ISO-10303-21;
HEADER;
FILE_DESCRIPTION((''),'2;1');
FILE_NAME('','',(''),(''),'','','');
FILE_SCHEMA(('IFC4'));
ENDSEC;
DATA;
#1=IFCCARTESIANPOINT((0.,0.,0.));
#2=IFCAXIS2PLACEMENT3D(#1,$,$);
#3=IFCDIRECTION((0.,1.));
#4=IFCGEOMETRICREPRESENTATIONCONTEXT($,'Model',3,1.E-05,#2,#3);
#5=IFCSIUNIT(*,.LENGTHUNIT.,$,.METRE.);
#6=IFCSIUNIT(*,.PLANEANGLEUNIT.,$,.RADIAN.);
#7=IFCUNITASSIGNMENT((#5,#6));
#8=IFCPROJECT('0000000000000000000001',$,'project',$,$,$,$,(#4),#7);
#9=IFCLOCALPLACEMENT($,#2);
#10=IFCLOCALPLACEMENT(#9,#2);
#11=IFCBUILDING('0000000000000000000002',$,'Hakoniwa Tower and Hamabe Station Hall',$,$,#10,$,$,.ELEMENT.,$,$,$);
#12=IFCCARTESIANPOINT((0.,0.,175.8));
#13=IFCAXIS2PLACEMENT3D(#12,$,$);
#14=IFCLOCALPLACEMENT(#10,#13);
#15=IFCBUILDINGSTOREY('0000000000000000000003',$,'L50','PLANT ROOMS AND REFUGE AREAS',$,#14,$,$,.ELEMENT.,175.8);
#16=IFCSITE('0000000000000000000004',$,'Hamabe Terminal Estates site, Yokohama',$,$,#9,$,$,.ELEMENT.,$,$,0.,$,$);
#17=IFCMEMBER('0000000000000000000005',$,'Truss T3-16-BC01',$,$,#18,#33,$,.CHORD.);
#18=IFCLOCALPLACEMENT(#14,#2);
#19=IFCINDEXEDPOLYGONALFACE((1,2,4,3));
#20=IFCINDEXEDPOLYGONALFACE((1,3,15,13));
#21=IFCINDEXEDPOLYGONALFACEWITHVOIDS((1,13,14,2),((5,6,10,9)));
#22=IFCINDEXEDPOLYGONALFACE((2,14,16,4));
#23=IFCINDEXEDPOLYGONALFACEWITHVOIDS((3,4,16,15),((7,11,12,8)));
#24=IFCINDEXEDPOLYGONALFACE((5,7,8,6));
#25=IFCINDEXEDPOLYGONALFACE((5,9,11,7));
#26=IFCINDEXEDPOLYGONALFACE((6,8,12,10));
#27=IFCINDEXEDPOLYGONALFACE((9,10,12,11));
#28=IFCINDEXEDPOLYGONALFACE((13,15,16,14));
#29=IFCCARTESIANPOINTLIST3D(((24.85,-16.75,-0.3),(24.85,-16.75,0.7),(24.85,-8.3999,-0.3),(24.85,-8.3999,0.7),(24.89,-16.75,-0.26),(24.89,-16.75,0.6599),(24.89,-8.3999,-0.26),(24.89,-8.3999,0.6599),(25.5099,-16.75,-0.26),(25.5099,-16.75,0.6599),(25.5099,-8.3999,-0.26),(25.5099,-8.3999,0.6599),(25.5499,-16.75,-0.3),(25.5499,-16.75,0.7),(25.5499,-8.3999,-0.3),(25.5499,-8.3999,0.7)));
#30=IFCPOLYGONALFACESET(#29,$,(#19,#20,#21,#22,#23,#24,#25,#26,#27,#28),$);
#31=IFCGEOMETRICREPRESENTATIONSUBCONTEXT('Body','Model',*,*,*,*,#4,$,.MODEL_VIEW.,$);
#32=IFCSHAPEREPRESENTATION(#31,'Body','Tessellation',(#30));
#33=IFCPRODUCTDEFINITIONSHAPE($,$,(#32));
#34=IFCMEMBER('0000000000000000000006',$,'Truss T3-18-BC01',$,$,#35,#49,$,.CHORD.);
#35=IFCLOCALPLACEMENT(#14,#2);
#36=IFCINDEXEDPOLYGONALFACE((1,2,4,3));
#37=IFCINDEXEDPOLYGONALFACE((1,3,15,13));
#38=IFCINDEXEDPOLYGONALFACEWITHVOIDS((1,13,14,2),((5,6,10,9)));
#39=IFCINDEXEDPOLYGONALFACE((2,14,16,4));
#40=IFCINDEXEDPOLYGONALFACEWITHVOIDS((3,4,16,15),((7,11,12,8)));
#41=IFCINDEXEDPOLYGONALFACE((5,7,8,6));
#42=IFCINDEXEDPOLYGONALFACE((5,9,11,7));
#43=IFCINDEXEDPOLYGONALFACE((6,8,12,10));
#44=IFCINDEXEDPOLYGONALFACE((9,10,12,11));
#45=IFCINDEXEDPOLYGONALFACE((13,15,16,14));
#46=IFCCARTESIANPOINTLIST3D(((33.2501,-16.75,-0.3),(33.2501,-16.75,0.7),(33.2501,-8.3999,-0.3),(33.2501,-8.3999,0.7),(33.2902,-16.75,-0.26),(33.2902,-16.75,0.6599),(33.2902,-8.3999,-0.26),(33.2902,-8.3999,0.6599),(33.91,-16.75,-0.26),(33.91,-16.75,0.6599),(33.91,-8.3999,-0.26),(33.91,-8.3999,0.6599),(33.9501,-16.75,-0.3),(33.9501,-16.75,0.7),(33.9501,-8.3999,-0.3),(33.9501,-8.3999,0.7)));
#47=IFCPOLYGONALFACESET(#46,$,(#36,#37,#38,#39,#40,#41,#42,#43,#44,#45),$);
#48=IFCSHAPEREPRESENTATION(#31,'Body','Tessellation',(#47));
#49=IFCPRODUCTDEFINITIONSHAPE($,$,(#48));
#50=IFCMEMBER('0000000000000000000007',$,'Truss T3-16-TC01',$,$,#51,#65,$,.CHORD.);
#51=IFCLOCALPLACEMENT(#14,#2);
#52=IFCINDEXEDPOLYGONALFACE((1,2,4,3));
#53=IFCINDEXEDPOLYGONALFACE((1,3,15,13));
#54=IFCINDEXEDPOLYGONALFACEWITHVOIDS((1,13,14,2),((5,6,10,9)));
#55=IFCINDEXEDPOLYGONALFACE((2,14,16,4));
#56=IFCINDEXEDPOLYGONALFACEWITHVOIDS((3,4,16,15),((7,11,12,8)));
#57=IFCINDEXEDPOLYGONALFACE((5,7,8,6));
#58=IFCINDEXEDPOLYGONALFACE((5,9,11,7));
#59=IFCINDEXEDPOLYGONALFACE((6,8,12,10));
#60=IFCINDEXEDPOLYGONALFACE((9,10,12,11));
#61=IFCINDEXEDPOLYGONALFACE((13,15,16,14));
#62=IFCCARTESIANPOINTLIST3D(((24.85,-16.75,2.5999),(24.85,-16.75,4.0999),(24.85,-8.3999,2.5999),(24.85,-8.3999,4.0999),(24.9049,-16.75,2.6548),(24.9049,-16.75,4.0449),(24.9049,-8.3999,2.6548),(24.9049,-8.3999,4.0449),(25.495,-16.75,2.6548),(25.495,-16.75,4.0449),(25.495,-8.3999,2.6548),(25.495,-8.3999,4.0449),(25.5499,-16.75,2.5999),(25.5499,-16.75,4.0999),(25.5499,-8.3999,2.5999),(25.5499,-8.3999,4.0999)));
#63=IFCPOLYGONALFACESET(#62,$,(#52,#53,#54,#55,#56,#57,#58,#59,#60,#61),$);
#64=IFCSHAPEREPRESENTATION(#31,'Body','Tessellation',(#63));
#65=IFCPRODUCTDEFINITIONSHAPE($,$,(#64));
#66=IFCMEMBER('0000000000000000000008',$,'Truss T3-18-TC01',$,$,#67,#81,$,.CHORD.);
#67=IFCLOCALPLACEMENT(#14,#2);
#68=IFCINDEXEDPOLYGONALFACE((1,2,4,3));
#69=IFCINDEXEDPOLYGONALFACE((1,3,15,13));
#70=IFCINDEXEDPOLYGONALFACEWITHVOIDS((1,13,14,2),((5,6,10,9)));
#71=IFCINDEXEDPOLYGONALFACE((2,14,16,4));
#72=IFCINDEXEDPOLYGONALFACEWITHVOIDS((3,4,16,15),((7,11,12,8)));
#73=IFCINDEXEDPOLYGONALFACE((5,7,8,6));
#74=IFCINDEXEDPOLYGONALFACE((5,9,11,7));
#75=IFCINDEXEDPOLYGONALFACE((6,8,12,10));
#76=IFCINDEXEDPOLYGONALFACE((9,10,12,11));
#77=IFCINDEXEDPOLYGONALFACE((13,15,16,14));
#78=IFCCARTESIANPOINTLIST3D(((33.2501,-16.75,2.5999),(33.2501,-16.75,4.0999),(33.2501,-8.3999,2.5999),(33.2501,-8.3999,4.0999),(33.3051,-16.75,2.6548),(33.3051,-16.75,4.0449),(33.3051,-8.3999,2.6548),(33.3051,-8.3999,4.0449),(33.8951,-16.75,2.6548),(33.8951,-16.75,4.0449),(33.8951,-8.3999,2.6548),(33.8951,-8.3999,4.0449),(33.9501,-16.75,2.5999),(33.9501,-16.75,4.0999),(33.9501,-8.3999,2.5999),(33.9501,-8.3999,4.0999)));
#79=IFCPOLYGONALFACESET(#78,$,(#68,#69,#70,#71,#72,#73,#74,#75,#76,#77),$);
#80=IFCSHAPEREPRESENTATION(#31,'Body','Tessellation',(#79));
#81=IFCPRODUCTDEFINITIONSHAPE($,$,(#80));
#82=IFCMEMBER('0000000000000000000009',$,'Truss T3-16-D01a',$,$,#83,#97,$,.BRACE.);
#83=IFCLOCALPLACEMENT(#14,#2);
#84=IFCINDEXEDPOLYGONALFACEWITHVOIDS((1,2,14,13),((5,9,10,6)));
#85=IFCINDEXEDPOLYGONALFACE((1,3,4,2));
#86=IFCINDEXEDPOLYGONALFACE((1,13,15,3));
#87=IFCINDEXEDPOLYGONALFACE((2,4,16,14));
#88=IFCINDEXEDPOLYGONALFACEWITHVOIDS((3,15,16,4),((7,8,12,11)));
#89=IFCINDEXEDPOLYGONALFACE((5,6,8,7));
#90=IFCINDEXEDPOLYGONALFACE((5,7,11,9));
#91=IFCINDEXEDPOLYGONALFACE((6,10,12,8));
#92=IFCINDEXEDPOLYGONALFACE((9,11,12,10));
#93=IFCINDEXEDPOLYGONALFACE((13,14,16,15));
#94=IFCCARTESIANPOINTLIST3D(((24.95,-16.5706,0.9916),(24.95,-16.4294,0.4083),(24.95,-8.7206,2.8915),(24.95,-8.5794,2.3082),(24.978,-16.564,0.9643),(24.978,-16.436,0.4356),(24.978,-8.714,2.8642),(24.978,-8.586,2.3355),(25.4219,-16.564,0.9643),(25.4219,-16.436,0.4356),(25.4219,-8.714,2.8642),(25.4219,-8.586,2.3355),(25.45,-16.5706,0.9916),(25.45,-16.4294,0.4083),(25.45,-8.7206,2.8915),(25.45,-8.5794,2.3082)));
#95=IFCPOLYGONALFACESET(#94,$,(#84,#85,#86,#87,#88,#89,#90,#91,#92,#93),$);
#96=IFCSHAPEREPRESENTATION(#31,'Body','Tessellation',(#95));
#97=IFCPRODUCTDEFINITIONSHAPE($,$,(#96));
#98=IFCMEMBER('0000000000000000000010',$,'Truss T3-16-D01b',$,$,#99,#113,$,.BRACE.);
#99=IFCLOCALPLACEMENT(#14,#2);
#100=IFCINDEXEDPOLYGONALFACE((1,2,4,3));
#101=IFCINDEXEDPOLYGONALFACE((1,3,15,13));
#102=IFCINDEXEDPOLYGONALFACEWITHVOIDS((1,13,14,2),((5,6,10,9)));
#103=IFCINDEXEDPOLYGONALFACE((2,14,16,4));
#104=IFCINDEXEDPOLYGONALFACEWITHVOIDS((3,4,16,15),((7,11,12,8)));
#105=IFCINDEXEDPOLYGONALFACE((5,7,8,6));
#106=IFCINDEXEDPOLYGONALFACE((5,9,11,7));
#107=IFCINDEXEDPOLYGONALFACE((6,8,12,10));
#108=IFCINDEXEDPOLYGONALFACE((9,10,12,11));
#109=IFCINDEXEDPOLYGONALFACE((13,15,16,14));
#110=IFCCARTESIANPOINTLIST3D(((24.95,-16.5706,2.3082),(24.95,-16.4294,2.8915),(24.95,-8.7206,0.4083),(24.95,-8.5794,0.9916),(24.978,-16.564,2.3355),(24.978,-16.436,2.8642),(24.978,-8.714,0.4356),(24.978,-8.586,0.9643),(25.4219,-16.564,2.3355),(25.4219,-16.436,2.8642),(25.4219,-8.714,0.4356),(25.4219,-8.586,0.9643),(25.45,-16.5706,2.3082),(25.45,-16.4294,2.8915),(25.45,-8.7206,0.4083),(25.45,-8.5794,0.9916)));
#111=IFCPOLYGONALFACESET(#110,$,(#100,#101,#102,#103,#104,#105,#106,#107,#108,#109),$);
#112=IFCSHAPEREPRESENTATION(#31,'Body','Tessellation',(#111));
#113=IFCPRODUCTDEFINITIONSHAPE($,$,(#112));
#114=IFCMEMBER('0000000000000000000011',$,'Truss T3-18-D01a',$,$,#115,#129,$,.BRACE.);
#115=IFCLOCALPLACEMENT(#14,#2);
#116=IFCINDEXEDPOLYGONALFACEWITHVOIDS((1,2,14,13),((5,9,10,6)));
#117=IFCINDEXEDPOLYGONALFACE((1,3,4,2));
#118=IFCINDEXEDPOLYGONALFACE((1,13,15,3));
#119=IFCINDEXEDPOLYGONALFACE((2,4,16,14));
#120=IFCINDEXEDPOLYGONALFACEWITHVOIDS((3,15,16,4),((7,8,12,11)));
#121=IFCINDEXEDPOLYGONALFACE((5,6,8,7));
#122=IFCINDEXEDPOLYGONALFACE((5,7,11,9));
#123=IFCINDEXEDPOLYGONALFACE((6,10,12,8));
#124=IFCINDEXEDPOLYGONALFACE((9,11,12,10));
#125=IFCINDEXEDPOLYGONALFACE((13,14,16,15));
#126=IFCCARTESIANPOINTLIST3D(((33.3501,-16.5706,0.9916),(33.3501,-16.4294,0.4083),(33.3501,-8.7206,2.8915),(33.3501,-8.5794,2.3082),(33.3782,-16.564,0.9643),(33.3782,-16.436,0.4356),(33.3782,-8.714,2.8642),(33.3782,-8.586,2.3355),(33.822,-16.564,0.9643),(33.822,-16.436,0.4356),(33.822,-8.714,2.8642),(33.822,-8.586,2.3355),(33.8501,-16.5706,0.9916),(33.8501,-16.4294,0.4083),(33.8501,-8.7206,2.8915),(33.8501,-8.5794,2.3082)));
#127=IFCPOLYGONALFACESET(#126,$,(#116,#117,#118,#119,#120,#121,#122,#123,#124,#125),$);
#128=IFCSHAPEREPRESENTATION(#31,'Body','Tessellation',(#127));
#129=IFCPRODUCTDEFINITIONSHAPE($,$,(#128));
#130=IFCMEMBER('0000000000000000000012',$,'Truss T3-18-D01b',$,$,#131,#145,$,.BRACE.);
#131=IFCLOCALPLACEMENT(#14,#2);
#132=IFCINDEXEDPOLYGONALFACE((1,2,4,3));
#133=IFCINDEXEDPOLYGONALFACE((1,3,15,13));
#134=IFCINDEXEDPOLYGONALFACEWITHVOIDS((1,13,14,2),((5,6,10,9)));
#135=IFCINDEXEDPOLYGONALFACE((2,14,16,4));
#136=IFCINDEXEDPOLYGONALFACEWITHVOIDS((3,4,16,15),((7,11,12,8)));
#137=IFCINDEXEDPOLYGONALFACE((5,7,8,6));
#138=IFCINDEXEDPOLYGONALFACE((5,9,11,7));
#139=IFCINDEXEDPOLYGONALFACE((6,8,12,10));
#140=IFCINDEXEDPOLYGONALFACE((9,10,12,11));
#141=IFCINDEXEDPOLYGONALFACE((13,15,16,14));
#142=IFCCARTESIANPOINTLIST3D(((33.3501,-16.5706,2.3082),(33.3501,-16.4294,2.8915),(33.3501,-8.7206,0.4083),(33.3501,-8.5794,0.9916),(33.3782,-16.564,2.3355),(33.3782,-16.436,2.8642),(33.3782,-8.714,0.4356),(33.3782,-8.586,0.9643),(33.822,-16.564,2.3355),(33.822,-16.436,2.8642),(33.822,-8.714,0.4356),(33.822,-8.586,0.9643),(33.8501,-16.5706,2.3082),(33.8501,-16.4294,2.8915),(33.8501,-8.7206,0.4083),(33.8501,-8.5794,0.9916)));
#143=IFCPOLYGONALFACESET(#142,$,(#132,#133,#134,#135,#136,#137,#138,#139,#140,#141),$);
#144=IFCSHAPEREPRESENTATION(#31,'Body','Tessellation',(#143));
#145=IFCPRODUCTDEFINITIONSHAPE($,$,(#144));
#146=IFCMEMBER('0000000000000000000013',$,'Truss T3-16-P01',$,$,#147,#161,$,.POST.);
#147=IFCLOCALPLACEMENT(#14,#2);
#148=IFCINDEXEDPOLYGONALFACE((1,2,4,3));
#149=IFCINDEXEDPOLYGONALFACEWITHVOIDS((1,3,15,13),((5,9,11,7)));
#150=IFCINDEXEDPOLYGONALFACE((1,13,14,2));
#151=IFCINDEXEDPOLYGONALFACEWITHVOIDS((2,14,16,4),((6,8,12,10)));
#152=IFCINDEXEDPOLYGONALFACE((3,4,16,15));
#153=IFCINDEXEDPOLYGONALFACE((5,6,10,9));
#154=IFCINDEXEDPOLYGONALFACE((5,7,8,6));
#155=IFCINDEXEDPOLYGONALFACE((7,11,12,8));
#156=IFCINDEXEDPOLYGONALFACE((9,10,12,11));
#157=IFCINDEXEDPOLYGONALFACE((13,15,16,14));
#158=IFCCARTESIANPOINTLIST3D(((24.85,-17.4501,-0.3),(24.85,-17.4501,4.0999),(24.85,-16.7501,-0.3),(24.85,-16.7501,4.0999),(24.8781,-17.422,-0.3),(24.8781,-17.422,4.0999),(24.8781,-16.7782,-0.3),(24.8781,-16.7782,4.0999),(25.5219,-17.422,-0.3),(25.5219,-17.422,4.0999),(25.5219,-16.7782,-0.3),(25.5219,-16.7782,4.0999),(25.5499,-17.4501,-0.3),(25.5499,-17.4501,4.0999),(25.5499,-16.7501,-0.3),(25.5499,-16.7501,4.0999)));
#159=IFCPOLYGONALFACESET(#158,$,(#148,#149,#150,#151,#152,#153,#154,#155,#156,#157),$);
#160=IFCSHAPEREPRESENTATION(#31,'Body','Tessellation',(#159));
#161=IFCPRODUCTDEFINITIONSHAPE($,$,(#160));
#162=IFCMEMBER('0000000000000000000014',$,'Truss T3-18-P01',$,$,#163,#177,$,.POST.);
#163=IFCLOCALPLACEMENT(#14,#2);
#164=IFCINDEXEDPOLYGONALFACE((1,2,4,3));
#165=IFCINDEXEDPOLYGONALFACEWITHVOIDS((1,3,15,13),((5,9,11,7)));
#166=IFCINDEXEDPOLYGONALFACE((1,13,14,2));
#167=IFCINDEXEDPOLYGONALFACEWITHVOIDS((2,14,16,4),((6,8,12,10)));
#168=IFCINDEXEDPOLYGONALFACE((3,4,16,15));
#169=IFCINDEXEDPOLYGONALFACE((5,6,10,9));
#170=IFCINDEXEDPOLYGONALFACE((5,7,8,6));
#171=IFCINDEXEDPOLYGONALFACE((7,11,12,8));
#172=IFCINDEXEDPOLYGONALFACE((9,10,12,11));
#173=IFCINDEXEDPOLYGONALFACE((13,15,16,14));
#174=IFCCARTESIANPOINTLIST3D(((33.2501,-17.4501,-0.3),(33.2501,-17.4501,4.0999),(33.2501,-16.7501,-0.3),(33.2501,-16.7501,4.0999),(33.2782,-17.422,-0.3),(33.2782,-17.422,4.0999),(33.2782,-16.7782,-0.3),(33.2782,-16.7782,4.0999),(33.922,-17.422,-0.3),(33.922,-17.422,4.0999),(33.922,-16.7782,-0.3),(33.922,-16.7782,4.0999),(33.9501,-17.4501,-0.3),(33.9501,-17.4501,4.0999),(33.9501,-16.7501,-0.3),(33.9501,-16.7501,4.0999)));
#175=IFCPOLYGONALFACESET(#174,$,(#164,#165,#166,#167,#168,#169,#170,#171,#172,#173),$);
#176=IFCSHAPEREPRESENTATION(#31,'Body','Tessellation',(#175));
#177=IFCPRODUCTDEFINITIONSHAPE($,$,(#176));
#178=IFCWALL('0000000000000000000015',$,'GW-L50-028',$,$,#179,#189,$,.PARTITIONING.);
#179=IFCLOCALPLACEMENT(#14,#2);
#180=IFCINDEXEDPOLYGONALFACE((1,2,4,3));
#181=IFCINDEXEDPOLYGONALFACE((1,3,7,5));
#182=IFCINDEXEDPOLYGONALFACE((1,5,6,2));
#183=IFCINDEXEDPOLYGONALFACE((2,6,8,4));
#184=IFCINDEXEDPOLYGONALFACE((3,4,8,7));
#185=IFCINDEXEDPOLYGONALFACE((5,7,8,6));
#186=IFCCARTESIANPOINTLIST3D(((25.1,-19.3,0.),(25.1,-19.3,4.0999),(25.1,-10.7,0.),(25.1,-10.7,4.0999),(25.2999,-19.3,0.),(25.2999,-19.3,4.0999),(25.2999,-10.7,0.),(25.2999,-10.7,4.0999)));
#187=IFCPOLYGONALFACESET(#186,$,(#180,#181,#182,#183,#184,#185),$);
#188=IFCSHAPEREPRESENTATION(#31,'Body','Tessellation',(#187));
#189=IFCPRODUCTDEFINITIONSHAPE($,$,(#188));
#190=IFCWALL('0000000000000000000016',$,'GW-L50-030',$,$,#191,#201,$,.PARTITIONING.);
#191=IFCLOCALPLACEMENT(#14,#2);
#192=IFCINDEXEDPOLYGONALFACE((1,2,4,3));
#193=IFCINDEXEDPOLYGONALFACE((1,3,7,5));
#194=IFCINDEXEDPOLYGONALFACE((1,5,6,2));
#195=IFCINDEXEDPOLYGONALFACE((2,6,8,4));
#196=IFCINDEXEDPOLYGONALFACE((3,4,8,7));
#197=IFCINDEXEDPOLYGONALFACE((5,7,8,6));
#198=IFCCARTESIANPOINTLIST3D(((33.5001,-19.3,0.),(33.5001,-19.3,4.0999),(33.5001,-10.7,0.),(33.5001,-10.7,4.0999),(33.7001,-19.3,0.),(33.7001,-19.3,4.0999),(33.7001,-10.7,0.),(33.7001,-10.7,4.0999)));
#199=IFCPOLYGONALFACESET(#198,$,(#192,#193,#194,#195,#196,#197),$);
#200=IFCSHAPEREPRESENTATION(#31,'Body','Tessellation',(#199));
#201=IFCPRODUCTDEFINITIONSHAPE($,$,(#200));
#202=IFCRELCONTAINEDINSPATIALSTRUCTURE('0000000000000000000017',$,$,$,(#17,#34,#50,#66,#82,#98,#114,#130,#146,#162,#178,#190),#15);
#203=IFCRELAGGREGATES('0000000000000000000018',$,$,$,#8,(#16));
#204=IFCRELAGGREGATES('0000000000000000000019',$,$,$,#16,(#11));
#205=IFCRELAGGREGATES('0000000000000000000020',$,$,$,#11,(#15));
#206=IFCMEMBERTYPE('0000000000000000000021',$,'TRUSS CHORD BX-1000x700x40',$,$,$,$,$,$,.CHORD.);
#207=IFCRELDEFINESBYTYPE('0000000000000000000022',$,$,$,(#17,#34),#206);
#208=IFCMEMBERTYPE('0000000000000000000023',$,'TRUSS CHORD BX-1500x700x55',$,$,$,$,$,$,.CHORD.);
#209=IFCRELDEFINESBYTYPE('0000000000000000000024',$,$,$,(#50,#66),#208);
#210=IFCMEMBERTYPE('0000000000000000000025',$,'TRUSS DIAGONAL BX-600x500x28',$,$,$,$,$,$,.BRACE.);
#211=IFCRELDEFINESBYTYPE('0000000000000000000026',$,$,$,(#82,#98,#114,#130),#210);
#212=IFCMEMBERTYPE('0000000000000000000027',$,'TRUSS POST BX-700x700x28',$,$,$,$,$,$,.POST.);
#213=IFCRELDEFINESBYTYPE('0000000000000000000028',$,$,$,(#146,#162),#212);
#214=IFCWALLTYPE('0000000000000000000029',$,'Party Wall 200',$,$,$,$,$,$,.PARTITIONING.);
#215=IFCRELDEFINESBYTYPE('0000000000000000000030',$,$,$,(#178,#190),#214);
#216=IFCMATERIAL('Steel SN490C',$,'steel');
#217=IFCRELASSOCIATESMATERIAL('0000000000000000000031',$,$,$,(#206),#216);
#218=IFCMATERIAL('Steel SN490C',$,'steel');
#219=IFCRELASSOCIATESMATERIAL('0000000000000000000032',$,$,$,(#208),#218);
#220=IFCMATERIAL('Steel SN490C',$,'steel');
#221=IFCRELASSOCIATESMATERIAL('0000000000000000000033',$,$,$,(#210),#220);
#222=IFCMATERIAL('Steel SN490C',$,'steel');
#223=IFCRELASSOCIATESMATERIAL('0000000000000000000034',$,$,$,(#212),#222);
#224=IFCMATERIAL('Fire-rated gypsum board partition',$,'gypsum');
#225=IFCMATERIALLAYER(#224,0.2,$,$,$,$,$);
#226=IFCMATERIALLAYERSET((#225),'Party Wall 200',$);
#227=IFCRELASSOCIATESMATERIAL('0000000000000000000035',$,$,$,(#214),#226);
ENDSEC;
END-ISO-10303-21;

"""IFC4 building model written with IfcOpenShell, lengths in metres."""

from ifc_helpers import new_model, si_unit, direction, frame, frame_2d, origin, origin_2d, place, context, subcontext, project, spatial, rectangle, hollow_rectangle, extrude, material, layer, layer_set, material_profile, profile_set, type_object, element, save


model = new_model("IFC4")

# Units and contexts
model_context = context("Model", 3, precision=1e-05, world=origin(), true_north=direction((0.0, 1.0)))
body_context = subcontext(model_context, "Body", "Model", "MODEL_VIEW")
ifc_project = project(units=[si_unit("LENGTHUNIT", "METRE"), si_unit("PLANEANGLEUNIT", "RADIAN")], contexts=[model_context])

# Site, building, storey
site_placement = place(None, origin())
site = spatial("IfcSite", under=ifc_project, at=site_placement, Name="Hamabe Terminal Estates site, Yokohama", CompositionType="ELEMENT", RefElevation=0.0)
building_placement = place(site_placement, origin())
building = spatial("IfcBuilding", under=site, at=building_placement, Name="Hakoniwa Tower and Hamabe Station Hall", CompositionType="ELEMENT")
storey_placement = place(building_placement, frame((0.0, 0.0, 175.8)))
storey = spatial("IfcBuildingStorey", under=building, at=storey_placement, Name="L50", Description="PLANT ROOMS AND REFUGE AREAS", CompositionType="ELEMENT", Elevation=175.8)

# Members
ifc_material_1 = material(Name="Steel SN490C", Category="steel")
ifc_material_profile_1 = material_profile(ifc_material_1, hollow_rectangle(XDim=0.7, YDim=1.0, WallThickness=0.04, at=origin_2d()), Name="BX-1000x700x40")
ifc_profile_set_1 = profile_set([ifc_material_profile_1], Name="Steel SN490C")
member_type_1 = type_object("IfcMemberType", Name="TRUSS CHORD BX-1000x700x40", PredefinedType="CHORD", material=ifc_profile_set_1)
for number, where, z_axis, x_axis, name in (
    (1, (25.2, -16.75, 0.2), (0.0, 1.0, 0.0), (-1.0, 0.0, 0.0), "Truss T3-16-BC01"),
    (2, (33.6001, -16.75, 0.2), (0.0, 1.0, 0.0), (-1.0, 0.0, 0.0), "Truss T3-18-BC01"),
):
    element("IfcMember", number, at=place(storey_placement, frame(where, z_axis=z_axis, x_axis=x_axis)), inside=storey, type_object=member_type_1, Name=name, PredefinedType="CHORD", context=body_context, shape_type="SweptSolid", body=[
        extrude(hollow_rectangle(XDim=0.7, YDim=1.0, WallThickness=0.04, at=origin_2d()), origin(), (0.0, 0.0, 1.0), 8.3501),
    ])
ifc_material_2 = material(Name="Steel SN490C", Category="steel")
ifc_material_profile_2 = material_profile(ifc_material_2, hollow_rectangle(XDim=0.7, YDim=1.5, WallThickness=0.0549, at=origin_2d()), Name="BX-1500x700x55")
ifc_profile_set_2 = profile_set([ifc_material_profile_2], Name="Steel SN490C")
member_type_2 = type_object("IfcMemberType", Name="TRUSS CHORD BX-1500x700x55", PredefinedType="CHORD", material=ifc_profile_set_2)
for number, where, z_axis, x_axis, name in (
    (3, (25.2, -16.75, 3.3499), (0.0, 1.0, 0.0), (-1.0, 0.0, 0.0), "Truss T3-16-TC01"),
    (4, (33.6001, -16.75, 3.3499), (0.0, 1.0, 0.0), (-1.0, 0.0, 0.0), "Truss T3-18-TC01"),
):
    element("IfcMember", number, at=place(storey_placement, frame(where, z_axis=z_axis, x_axis=x_axis)), inside=storey, type_object=member_type_2, Name=name, PredefinedType="CHORD", context=body_context, shape_type="SweptSolid", body=[
        extrude(hollow_rectangle(XDim=0.7, YDim=1.5, WallThickness=0.0549, at=origin_2d()), origin(), (0.0, 0.0, 1.0), 8.3501),
    ])
ifc_material_3 = material(Name="Steel SN490C", Category="steel")
ifc_material_profile_3 = material_profile(ifc_material_3, hollow_rectangle(XDim=0.5, YDim=0.6001, WallThickness=0.0281, at=origin_2d()), Name="BX-600x500x28")
ifc_profile_set_3 = profile_set([ifc_material_profile_3], Name="Steel SN490C")
member_type_3 = type_object("IfcMemberType", Name="TRUSS DIAGONAL BX-600x500x28", PredefinedType="BRACE", material=ifc_profile_set_3)
for number, where, z_axis, x_axis, name in (
    (5, (25.2, -16.5, 0.7), (0.0, 0.971939, 0.235231), (-1.0, 0.0, 0.0), "Truss T3-16-D01a"),
    (6, (25.2, -16.5, 2.5999), (0.0, 0.971939, -0.235231), (-1.0, 0.0, 0.0), "Truss T3-16-D01b"),
    (7, (33.6001, -16.5, 0.7), (0.0, 0.971939, 0.235231), (-1.0, 0.0, 0.0), "Truss T3-18-D01a"),
    (8, (33.6001, -16.5, 2.5999), (0.0, 0.971939, -0.235231), (-1.0, 0.0, 0.0), "Truss T3-18-D01b"),
):
    element("IfcMember", number, at=place(storey_placement, frame(where, z_axis=z_axis, x_axis=x_axis)), inside=storey, type_object=member_type_3, Name=name, PredefinedType="BRACE", context=body_context, shape_type="SweptSolid", body=[
        extrude(hollow_rectangle(XDim=0.5, YDim=0.6001, WallThickness=0.0281, at=origin_2d()), origin(), (0.0, 0.0, 1.0), 8.0767),
    ])
ifc_material_4 = material(Name="Steel SN490C", Category="steel")
ifc_material_profile_4 = material_profile(ifc_material_4, hollow_rectangle(XDim=0.7, YDim=0.7, WallThickness=0.0281, at=origin_2d()), Name="BX-700x700x28")
ifc_profile_set_4 = profile_set([ifc_material_profile_4], Name="Steel SN490C")
member_type_4 = type_object("IfcMemberType", Name="TRUSS POST BX-700x700x28", PredefinedType="POST", material=ifc_profile_set_4)
for number, where, z_axis, x_axis, name in (
    (9, (25.2, -17.1001, -0.3), (0.0, 0.0, 1.0), (1.0, 0.0, 0.0), "Truss T3-16-P01"),
    (10, (33.6001, -17.1001, -0.3), (0.0, 0.0, 1.0), (1.0, 0.0, 0.0), "Truss T3-18-P01"),
):
    element("IfcMember", number, at=place(storey_placement, frame(where, z_axis=z_axis, x_axis=x_axis)), inside=storey, type_object=member_type_4, Name=name, PredefinedType="POST", context=body_context, shape_type="SweptSolid", body=[
        extrude(hollow_rectangle(XDim=0.7, YDim=0.7, WallThickness=0.0281, at=origin_2d()), origin(), (0.0, 0.0, 1.0), 4.3999),
    ])

# Walls
ifc_material_5 = material(Name="Fire-rated gypsum board partition", Category="gypsum")
ifc_layer_1 = layer(ifc_material_5, 0.2)
ifc_layer_set_1 = layer_set([ifc_layer_1], Name="Party Wall 200")
wall_type = type_object("IfcWallType", Name="Party Wall 200", PredefinedType="PARTITIONING", material=ifc_layer_set_1)
for number, where, z_axis, x_axis, name in (
    (11, (25.2, -19.3, 0.0), (0.0, 0.0, 1.0), (0.0, 1.0, 0.0), "GW-L50-028"),
    (12, (33.6001, -19.3, 0.0), (0.0, 0.0, 1.0), (0.0, 1.0, 0.0), "GW-L50-030"),
):
    element("IfcWall", number, at=place(storey_placement, frame(where, z_axis=z_axis, x_axis=x_axis)), inside=storey, type_object=wall_type, Name=name, PredefinedType="PARTITIONING", context=body_context, shape_type="SweptSolid", body=[
        extrude(rectangle(XDim=8.6001, YDim=0.2, at=frame_2d((4.3, 0.0))), origin(), (0.0, 0.0, 1.0), 4.0999),
    ])

save(model, "model.ifc")
